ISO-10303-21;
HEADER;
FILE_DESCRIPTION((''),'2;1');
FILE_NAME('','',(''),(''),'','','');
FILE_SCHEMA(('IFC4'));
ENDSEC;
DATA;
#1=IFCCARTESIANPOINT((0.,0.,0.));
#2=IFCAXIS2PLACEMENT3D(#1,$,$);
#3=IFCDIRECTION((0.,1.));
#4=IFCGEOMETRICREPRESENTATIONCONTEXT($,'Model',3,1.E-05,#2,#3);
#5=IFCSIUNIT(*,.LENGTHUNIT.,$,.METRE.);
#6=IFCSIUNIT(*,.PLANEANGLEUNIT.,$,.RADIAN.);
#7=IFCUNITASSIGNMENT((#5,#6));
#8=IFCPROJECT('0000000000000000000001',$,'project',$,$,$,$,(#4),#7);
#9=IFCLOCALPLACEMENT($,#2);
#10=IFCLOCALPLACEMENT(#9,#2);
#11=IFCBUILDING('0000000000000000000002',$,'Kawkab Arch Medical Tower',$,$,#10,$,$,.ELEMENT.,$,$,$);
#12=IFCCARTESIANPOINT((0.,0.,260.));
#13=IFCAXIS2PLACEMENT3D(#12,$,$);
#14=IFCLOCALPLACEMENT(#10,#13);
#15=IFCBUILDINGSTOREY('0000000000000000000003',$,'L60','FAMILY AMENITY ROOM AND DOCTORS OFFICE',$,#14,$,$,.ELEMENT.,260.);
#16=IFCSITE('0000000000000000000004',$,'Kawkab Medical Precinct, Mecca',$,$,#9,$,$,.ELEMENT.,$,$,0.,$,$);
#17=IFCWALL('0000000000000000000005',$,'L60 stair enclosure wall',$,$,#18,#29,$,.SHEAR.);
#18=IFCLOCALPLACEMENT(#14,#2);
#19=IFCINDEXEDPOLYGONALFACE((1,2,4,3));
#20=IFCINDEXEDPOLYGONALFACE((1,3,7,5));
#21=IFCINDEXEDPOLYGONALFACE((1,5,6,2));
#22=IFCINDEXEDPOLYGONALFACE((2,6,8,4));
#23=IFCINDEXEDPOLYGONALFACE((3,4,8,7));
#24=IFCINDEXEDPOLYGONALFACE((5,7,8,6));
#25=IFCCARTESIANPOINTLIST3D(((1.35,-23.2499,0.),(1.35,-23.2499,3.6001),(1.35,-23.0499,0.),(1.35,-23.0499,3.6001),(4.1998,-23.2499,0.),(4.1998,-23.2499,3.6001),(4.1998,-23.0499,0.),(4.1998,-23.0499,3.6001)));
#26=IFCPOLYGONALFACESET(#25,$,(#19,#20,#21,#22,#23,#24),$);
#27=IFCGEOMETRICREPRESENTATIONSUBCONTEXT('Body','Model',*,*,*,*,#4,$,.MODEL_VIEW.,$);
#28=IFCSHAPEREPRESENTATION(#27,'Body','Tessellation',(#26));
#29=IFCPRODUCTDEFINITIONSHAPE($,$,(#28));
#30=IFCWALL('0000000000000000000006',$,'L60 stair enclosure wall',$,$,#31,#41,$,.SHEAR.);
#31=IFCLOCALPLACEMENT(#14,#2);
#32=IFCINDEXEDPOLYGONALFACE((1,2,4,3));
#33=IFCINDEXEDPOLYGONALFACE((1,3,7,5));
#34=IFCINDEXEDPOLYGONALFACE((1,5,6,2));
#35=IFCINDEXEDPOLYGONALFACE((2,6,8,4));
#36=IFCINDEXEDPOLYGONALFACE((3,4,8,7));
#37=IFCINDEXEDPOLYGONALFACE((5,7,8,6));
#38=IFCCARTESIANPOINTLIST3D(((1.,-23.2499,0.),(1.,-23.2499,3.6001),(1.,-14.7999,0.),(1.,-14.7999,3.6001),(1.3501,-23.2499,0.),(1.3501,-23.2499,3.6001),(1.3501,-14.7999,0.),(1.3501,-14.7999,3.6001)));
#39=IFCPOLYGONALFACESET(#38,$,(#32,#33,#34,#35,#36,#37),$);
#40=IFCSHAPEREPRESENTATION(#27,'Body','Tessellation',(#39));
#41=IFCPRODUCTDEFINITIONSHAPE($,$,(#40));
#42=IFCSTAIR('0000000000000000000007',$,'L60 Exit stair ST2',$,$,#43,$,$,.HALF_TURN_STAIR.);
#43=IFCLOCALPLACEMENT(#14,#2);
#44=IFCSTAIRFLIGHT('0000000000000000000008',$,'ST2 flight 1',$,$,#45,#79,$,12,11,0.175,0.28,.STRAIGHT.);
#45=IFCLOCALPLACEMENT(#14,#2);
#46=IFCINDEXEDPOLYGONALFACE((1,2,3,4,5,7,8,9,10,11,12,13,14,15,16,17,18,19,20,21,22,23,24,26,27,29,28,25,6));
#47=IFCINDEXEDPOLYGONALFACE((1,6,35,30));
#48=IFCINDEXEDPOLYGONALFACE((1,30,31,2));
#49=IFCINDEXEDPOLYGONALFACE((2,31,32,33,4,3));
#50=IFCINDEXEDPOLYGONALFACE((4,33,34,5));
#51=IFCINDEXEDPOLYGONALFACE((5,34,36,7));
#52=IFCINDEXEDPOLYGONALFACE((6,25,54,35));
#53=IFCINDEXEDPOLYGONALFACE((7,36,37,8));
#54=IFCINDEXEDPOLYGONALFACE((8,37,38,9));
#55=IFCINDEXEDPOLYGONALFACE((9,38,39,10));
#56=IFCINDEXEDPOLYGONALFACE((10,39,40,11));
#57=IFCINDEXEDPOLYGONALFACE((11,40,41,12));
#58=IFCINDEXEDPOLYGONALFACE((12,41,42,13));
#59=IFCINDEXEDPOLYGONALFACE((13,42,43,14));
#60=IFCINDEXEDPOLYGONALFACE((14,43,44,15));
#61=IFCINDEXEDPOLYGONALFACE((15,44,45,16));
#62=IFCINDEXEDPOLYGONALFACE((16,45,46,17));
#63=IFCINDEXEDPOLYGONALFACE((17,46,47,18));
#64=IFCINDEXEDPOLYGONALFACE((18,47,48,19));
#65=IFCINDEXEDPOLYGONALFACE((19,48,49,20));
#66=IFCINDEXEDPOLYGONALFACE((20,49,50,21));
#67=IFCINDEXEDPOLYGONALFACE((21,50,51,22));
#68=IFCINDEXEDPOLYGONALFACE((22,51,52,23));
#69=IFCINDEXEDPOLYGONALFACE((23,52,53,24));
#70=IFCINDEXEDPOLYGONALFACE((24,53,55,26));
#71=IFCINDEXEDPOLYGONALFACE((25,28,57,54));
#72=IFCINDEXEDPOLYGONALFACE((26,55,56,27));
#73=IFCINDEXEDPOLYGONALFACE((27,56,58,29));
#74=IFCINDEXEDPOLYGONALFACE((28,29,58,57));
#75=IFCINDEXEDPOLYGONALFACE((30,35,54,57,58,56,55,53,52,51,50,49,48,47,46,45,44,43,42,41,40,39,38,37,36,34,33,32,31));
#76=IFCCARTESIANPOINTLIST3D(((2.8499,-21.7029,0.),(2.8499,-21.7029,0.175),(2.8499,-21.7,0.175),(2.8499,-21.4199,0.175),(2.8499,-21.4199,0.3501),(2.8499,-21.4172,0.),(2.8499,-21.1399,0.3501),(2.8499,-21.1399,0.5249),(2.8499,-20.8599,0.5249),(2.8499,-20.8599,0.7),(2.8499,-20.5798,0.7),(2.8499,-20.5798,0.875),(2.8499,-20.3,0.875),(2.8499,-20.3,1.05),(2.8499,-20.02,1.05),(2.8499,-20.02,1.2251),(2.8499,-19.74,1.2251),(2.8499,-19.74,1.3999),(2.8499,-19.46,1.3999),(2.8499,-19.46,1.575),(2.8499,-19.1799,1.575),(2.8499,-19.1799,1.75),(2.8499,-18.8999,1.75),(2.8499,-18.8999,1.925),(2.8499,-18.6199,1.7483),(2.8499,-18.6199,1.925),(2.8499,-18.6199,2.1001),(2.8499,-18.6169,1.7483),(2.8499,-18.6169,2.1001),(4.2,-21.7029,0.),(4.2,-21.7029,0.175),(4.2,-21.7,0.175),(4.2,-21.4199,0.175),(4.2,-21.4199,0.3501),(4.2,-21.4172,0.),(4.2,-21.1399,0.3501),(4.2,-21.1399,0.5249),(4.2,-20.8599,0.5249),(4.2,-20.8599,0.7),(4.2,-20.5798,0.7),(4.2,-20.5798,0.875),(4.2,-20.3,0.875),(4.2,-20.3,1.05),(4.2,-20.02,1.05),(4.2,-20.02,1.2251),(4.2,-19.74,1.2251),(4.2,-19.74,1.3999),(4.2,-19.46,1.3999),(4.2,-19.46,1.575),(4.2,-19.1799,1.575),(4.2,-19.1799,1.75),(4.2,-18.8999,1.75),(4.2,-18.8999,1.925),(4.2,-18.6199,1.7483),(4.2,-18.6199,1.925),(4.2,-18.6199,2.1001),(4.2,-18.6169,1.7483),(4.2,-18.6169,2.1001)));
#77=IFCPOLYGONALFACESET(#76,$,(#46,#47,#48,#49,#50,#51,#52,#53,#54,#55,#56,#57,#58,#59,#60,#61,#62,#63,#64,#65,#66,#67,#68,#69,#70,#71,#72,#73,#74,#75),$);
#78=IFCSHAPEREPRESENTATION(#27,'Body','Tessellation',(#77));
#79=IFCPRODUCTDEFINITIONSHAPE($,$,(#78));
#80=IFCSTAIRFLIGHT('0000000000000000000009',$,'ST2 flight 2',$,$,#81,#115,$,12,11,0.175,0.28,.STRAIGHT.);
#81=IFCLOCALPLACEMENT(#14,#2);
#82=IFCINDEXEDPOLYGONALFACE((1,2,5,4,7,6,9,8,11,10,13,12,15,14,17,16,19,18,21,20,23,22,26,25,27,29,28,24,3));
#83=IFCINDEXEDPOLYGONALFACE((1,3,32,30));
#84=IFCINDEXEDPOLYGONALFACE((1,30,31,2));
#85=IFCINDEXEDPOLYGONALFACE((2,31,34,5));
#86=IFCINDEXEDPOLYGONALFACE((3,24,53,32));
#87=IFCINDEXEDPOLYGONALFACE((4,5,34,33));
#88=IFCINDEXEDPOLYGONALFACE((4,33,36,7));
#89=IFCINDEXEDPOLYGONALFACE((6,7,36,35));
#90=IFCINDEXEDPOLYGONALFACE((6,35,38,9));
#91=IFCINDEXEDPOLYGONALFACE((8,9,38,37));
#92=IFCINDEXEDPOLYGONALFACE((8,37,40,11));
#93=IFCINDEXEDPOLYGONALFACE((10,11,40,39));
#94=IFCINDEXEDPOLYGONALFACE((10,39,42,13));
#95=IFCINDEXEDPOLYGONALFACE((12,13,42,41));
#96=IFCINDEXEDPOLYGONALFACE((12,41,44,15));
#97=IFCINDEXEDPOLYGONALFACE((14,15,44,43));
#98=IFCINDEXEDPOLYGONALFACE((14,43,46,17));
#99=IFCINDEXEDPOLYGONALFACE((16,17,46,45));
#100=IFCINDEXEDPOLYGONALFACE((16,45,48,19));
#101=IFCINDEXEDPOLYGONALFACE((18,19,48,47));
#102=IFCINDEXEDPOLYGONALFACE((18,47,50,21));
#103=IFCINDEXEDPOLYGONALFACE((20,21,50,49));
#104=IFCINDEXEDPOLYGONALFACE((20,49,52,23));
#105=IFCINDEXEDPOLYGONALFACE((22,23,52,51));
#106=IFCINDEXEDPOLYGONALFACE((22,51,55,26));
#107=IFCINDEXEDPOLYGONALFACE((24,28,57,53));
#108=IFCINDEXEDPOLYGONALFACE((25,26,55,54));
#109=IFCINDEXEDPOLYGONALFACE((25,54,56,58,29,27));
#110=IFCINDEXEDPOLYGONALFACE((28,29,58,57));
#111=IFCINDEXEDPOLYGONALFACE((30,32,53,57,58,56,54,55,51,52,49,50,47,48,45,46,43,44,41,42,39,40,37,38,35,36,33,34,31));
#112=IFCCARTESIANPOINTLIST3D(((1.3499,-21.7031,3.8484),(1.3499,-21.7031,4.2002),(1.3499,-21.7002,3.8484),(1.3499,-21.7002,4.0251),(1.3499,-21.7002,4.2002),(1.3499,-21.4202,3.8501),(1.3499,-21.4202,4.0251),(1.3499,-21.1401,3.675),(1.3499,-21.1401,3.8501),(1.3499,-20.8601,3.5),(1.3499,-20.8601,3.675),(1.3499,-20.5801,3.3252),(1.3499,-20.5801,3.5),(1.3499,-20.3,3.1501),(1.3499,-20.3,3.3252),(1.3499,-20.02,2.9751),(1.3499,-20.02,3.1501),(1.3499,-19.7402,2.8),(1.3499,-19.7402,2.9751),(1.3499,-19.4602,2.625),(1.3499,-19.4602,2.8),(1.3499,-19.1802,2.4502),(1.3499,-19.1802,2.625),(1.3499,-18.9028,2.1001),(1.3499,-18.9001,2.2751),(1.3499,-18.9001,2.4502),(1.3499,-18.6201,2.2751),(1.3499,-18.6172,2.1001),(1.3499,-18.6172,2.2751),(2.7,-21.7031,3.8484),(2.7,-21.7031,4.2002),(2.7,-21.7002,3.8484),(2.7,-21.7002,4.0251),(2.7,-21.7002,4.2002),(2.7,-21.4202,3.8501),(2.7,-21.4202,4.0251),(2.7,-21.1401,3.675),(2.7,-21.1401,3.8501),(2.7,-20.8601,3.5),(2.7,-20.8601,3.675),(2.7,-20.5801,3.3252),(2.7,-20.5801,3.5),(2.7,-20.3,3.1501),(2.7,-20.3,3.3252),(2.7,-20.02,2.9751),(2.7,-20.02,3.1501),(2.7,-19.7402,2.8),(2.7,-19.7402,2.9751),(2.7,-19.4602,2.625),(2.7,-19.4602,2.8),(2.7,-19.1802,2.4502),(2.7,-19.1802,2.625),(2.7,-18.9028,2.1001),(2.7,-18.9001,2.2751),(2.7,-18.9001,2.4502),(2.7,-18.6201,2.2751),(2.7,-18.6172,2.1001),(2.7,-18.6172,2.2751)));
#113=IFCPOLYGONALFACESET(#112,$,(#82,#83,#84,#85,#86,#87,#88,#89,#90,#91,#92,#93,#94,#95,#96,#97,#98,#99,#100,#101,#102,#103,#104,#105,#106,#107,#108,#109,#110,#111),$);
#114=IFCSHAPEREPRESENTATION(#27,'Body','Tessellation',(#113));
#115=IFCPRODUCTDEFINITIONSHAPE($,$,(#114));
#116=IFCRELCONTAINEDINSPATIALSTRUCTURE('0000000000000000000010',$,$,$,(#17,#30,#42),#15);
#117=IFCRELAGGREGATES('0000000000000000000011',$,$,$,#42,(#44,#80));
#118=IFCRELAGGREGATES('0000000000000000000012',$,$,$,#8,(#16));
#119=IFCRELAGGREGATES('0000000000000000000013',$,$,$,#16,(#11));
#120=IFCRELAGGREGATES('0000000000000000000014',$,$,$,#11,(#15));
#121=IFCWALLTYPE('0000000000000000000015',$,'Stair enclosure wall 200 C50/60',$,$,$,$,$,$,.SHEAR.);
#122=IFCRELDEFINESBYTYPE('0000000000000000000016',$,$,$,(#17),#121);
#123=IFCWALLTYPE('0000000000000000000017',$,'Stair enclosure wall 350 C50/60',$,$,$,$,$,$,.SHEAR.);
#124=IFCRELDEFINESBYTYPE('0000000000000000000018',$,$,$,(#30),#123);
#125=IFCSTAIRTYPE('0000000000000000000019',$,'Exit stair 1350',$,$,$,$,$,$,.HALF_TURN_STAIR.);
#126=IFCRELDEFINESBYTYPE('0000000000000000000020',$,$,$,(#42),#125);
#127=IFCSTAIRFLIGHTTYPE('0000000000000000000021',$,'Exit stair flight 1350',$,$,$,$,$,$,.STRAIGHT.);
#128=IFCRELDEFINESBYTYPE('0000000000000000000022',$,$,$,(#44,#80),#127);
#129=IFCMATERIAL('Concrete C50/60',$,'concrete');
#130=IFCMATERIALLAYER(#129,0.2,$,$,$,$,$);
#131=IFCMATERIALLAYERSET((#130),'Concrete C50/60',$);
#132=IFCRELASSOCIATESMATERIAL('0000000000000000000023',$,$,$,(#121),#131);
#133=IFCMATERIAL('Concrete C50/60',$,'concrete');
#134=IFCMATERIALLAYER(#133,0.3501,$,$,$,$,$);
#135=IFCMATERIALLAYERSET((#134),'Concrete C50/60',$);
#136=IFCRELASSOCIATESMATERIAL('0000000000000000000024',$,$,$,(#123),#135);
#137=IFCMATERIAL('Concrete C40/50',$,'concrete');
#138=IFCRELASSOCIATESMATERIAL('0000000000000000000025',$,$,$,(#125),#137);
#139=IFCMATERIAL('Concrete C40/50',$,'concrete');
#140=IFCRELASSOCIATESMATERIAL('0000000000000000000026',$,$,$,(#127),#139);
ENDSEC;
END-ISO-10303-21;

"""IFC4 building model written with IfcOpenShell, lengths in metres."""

from ifc_helpers import new_model, si_unit, direction, frame, frame_2d, origin, place, context, subcontext, project, spatial, polyline, rectangle, outline, extrude, material, layer, layer_set, type_object, element, aggregate, save


model = new_model("IFC4")

# Units and contexts
model_context = context("Model", 3, precision=1e-05, world=origin(), true_north=direction((0.0, 1.0)))
body_context = subcontext(model_context, "Body", "Model", "MODEL_VIEW")
ifc_project = project(units=[si_unit("LENGTHUNIT", "METRE"), si_unit("PLANEANGLEUNIT", "RADIAN")], contexts=[model_context])

# Site, building, storey
site_placement = place(None, origin())
site = spatial("IfcSite", under=ifc_project, at=site_placement, Name="Kawkab Medical Precinct, Mecca", CompositionType="ELEMENT", RefElevation=0.0)
building_placement = place(site_placement, origin())
building = spatial("IfcBuilding", under=site, at=building_placement, Name="Kawkab Arch Medical Tower", CompositionType="ELEMENT")
storey_placement = place(building_placement, frame((0.0, 0.0, 260.0)))
storey = spatial("IfcBuildingStorey", under=building, at=storey_placement, Name="L60", Description="FAMILY AMENITY ROOM AND DOCTORS OFFICE", CompositionType="ELEMENT", Elevation=260.0)

# Walls
ifc_material_1 = material(Name="Concrete C50/60", Category="concrete")
ifc_layer_1 = layer(ifc_material_1, 0.2)
ifc_layer_set_1 = layer_set([ifc_layer_1], Name="Concrete C50/60")
wall_type_1 = type_object("IfcWallType", Name="Stair enclosure wall 200 C50/60", PredefinedType="SHEAR", material=ifc_layer_set_1)
wall_1_placement = place(storey_placement, frame((1.3501, -23.1499, 0.0), z_axis=(0.0, 0.0, 1.0), x_axis=(1.0, 0.0, 0.0)))
element("IfcWall", 1, at=wall_1_placement, inside=storey, type_object=wall_type_1, Name="L60 stair enclosure wall", PredefinedType="SHEAR", context=body_context, shape_type="SweptSolid", body=[
    extrude(rectangle(XDim=2.8499, YDim=0.2, at=frame_2d((1.4248, 0.0))), origin(), (0.0, 0.0, 1.0), 3.6001),
])
ifc_material_2 = material(Name="Concrete C50/60", Category="concrete")
ifc_layer_2 = layer(ifc_material_2, 0.3501)
ifc_layer_set_2 = layer_set([ifc_layer_2], Name="Concrete C50/60")
wall_type_2 = type_object("IfcWallType", Name="Stair enclosure wall 350 C50/60", PredefinedType="SHEAR", material=ifc_layer_set_2)
wall_2_placement = place(storey_placement, frame((1.175, -23.25, 0.0), z_axis=(0.0, 0.0, 1.0), x_axis=(0.0, 1.0, 0.0)))
element("IfcWall", 2, at=wall_2_placement, inside=storey, type_object=wall_type_2, Name="L60 stair enclosure wall", PredefinedType="SHEAR", context=body_context, shape_type="SweptSolid", body=[
    extrude(rectangle(XDim=8.45, YDim=0.3501, at=frame_2d((4.2251, 0.0))), origin(), (0.0, 0.0, 1.0), 3.6001),
])

# Stair, stair flights
ifc_material_3 = material(Name="Concrete C40/50", Category="concrete")
stair_type = type_object("IfcStairType", Name="Exit stair 1350", PredefinedType="HALF_TURN_STAIR", material=ifc_material_3)
stair_placement = place(storey_placement, origin())
stair = element("IfcStair", 3, at=stair_placement, inside=storey, type_object=stair_type, Name="L60 Exit stair ST2", PredefinedType="HALF_TURN_STAIR")
ifc_material_4 = material(Name="Concrete C40/50", Category="concrete")
stair_flight_type = type_object("IfcStairFlightType", Name="Exit stair flight 1350", PredefinedType="STRAIGHT", material=ifc_material_4)
stair_flight_1_placement = place(storey_placement, frame((3.5249, -21.7, 0.0), z_axis=(0.0, 0.0, 1.0), x_axis=(0.0, 1.0, 0.0)))
stair_flight_1 = element("IfcStairFlight", 4, at=stair_flight_1_placement, type_object=stair_flight_type, Name="ST2 flight 1", NumberOfRisers=12, NumberOfTreads=11, PredefinedType="STRAIGHT", RiserHeight=0.175, TreadLength=0.28, context=body_context, shape_type="SweptSolid", body=[
    extrude(outline(polyline([(-0.0029, 0.0), (-0.0029, 0.175), (0.0, 0.175), (0.28, 0.175), (0.28, 0.3501), (0.5601, 0.3501), (0.5601, 0.5249), (0.8401, 0.5249), (0.8401, 0.7), (1.1201, 0.7), (1.1201, 0.875), (1.3999, 0.875), (1.3999, 1.05), (1.6799, 1.05), (1.6799, 1.2251), (1.96, 1.2251), (1.96, 1.3999), (2.24, 1.3999), (2.24, 1.575), (2.52, 1.575), (2.52, 1.75), (2.8, 1.75), (2.8, 1.925), (3.0801, 1.925), (3.0801, 2.1001), (3.083, 2.1001), (3.083, 1.7483), (3.0801, 1.7483), (0.2827, 0.0), (-0.0029, 0.0)])), frame((0.0, 0.675, 0.0), z_axis=(0.0, -1.0, 0.0), x_axis=(1.0, 0.0, 0.0)), (0.0, 0.0, 1.0), 1.3501),
])
stair_flight_2_placement = place(storey_placement, frame((2.0249, -18.6201, 2.1001), z_axis=(0.0, 0.0, 1.0), x_axis=(0.0, -1.0, 0.0)))
stair_flight_2 = element("IfcStairFlight", 5, at=stair_flight_2_placement, type_object=stair_flight_type, Name="ST2 flight 2", NumberOfRisers=12, NumberOfTreads=11, PredefinedType="STRAIGHT", RiserHeight=0.175, TreadLength=0.28, context=body_context, shape_type="SweptSolid", body=[
    extrude(outline(polyline([(-0.0029, 0.0), (-0.0029, 0.175), (0.0, 0.175), (0.28, 0.175), (0.28, 0.3501), (0.5601, 0.3501), (0.5601, 0.5249), (0.8401, 0.5249), (0.8401, 0.7), (1.1201, 0.7), (1.1201, 0.875), (1.3999, 0.875), (1.3999, 1.05), (1.6799, 1.05), (1.6799, 1.2251), (1.96, 1.2251), (1.96, 1.3999), (2.24, 1.3999), (2.24, 1.575), (2.52, 1.575), (2.52, 1.75), (2.8, 1.75), (2.8, 1.925), (3.0801, 1.925), (3.0801, 2.1001), (3.083, 2.1001), (3.083, 1.7483), (3.0801, 1.7483), (0.2827, 0.0), (-0.0029, 0.0)])), frame((0.0, 0.675, 0.0), z_axis=(0.0, -1.0, 0.0), x_axis=(1.0, 0.0, 0.0)), (0.0, 0.0, 1.0), 1.3501),
])
aggregate(stair, [stair_flight_1, stair_flight_2])

save(model, "model.ifc")
